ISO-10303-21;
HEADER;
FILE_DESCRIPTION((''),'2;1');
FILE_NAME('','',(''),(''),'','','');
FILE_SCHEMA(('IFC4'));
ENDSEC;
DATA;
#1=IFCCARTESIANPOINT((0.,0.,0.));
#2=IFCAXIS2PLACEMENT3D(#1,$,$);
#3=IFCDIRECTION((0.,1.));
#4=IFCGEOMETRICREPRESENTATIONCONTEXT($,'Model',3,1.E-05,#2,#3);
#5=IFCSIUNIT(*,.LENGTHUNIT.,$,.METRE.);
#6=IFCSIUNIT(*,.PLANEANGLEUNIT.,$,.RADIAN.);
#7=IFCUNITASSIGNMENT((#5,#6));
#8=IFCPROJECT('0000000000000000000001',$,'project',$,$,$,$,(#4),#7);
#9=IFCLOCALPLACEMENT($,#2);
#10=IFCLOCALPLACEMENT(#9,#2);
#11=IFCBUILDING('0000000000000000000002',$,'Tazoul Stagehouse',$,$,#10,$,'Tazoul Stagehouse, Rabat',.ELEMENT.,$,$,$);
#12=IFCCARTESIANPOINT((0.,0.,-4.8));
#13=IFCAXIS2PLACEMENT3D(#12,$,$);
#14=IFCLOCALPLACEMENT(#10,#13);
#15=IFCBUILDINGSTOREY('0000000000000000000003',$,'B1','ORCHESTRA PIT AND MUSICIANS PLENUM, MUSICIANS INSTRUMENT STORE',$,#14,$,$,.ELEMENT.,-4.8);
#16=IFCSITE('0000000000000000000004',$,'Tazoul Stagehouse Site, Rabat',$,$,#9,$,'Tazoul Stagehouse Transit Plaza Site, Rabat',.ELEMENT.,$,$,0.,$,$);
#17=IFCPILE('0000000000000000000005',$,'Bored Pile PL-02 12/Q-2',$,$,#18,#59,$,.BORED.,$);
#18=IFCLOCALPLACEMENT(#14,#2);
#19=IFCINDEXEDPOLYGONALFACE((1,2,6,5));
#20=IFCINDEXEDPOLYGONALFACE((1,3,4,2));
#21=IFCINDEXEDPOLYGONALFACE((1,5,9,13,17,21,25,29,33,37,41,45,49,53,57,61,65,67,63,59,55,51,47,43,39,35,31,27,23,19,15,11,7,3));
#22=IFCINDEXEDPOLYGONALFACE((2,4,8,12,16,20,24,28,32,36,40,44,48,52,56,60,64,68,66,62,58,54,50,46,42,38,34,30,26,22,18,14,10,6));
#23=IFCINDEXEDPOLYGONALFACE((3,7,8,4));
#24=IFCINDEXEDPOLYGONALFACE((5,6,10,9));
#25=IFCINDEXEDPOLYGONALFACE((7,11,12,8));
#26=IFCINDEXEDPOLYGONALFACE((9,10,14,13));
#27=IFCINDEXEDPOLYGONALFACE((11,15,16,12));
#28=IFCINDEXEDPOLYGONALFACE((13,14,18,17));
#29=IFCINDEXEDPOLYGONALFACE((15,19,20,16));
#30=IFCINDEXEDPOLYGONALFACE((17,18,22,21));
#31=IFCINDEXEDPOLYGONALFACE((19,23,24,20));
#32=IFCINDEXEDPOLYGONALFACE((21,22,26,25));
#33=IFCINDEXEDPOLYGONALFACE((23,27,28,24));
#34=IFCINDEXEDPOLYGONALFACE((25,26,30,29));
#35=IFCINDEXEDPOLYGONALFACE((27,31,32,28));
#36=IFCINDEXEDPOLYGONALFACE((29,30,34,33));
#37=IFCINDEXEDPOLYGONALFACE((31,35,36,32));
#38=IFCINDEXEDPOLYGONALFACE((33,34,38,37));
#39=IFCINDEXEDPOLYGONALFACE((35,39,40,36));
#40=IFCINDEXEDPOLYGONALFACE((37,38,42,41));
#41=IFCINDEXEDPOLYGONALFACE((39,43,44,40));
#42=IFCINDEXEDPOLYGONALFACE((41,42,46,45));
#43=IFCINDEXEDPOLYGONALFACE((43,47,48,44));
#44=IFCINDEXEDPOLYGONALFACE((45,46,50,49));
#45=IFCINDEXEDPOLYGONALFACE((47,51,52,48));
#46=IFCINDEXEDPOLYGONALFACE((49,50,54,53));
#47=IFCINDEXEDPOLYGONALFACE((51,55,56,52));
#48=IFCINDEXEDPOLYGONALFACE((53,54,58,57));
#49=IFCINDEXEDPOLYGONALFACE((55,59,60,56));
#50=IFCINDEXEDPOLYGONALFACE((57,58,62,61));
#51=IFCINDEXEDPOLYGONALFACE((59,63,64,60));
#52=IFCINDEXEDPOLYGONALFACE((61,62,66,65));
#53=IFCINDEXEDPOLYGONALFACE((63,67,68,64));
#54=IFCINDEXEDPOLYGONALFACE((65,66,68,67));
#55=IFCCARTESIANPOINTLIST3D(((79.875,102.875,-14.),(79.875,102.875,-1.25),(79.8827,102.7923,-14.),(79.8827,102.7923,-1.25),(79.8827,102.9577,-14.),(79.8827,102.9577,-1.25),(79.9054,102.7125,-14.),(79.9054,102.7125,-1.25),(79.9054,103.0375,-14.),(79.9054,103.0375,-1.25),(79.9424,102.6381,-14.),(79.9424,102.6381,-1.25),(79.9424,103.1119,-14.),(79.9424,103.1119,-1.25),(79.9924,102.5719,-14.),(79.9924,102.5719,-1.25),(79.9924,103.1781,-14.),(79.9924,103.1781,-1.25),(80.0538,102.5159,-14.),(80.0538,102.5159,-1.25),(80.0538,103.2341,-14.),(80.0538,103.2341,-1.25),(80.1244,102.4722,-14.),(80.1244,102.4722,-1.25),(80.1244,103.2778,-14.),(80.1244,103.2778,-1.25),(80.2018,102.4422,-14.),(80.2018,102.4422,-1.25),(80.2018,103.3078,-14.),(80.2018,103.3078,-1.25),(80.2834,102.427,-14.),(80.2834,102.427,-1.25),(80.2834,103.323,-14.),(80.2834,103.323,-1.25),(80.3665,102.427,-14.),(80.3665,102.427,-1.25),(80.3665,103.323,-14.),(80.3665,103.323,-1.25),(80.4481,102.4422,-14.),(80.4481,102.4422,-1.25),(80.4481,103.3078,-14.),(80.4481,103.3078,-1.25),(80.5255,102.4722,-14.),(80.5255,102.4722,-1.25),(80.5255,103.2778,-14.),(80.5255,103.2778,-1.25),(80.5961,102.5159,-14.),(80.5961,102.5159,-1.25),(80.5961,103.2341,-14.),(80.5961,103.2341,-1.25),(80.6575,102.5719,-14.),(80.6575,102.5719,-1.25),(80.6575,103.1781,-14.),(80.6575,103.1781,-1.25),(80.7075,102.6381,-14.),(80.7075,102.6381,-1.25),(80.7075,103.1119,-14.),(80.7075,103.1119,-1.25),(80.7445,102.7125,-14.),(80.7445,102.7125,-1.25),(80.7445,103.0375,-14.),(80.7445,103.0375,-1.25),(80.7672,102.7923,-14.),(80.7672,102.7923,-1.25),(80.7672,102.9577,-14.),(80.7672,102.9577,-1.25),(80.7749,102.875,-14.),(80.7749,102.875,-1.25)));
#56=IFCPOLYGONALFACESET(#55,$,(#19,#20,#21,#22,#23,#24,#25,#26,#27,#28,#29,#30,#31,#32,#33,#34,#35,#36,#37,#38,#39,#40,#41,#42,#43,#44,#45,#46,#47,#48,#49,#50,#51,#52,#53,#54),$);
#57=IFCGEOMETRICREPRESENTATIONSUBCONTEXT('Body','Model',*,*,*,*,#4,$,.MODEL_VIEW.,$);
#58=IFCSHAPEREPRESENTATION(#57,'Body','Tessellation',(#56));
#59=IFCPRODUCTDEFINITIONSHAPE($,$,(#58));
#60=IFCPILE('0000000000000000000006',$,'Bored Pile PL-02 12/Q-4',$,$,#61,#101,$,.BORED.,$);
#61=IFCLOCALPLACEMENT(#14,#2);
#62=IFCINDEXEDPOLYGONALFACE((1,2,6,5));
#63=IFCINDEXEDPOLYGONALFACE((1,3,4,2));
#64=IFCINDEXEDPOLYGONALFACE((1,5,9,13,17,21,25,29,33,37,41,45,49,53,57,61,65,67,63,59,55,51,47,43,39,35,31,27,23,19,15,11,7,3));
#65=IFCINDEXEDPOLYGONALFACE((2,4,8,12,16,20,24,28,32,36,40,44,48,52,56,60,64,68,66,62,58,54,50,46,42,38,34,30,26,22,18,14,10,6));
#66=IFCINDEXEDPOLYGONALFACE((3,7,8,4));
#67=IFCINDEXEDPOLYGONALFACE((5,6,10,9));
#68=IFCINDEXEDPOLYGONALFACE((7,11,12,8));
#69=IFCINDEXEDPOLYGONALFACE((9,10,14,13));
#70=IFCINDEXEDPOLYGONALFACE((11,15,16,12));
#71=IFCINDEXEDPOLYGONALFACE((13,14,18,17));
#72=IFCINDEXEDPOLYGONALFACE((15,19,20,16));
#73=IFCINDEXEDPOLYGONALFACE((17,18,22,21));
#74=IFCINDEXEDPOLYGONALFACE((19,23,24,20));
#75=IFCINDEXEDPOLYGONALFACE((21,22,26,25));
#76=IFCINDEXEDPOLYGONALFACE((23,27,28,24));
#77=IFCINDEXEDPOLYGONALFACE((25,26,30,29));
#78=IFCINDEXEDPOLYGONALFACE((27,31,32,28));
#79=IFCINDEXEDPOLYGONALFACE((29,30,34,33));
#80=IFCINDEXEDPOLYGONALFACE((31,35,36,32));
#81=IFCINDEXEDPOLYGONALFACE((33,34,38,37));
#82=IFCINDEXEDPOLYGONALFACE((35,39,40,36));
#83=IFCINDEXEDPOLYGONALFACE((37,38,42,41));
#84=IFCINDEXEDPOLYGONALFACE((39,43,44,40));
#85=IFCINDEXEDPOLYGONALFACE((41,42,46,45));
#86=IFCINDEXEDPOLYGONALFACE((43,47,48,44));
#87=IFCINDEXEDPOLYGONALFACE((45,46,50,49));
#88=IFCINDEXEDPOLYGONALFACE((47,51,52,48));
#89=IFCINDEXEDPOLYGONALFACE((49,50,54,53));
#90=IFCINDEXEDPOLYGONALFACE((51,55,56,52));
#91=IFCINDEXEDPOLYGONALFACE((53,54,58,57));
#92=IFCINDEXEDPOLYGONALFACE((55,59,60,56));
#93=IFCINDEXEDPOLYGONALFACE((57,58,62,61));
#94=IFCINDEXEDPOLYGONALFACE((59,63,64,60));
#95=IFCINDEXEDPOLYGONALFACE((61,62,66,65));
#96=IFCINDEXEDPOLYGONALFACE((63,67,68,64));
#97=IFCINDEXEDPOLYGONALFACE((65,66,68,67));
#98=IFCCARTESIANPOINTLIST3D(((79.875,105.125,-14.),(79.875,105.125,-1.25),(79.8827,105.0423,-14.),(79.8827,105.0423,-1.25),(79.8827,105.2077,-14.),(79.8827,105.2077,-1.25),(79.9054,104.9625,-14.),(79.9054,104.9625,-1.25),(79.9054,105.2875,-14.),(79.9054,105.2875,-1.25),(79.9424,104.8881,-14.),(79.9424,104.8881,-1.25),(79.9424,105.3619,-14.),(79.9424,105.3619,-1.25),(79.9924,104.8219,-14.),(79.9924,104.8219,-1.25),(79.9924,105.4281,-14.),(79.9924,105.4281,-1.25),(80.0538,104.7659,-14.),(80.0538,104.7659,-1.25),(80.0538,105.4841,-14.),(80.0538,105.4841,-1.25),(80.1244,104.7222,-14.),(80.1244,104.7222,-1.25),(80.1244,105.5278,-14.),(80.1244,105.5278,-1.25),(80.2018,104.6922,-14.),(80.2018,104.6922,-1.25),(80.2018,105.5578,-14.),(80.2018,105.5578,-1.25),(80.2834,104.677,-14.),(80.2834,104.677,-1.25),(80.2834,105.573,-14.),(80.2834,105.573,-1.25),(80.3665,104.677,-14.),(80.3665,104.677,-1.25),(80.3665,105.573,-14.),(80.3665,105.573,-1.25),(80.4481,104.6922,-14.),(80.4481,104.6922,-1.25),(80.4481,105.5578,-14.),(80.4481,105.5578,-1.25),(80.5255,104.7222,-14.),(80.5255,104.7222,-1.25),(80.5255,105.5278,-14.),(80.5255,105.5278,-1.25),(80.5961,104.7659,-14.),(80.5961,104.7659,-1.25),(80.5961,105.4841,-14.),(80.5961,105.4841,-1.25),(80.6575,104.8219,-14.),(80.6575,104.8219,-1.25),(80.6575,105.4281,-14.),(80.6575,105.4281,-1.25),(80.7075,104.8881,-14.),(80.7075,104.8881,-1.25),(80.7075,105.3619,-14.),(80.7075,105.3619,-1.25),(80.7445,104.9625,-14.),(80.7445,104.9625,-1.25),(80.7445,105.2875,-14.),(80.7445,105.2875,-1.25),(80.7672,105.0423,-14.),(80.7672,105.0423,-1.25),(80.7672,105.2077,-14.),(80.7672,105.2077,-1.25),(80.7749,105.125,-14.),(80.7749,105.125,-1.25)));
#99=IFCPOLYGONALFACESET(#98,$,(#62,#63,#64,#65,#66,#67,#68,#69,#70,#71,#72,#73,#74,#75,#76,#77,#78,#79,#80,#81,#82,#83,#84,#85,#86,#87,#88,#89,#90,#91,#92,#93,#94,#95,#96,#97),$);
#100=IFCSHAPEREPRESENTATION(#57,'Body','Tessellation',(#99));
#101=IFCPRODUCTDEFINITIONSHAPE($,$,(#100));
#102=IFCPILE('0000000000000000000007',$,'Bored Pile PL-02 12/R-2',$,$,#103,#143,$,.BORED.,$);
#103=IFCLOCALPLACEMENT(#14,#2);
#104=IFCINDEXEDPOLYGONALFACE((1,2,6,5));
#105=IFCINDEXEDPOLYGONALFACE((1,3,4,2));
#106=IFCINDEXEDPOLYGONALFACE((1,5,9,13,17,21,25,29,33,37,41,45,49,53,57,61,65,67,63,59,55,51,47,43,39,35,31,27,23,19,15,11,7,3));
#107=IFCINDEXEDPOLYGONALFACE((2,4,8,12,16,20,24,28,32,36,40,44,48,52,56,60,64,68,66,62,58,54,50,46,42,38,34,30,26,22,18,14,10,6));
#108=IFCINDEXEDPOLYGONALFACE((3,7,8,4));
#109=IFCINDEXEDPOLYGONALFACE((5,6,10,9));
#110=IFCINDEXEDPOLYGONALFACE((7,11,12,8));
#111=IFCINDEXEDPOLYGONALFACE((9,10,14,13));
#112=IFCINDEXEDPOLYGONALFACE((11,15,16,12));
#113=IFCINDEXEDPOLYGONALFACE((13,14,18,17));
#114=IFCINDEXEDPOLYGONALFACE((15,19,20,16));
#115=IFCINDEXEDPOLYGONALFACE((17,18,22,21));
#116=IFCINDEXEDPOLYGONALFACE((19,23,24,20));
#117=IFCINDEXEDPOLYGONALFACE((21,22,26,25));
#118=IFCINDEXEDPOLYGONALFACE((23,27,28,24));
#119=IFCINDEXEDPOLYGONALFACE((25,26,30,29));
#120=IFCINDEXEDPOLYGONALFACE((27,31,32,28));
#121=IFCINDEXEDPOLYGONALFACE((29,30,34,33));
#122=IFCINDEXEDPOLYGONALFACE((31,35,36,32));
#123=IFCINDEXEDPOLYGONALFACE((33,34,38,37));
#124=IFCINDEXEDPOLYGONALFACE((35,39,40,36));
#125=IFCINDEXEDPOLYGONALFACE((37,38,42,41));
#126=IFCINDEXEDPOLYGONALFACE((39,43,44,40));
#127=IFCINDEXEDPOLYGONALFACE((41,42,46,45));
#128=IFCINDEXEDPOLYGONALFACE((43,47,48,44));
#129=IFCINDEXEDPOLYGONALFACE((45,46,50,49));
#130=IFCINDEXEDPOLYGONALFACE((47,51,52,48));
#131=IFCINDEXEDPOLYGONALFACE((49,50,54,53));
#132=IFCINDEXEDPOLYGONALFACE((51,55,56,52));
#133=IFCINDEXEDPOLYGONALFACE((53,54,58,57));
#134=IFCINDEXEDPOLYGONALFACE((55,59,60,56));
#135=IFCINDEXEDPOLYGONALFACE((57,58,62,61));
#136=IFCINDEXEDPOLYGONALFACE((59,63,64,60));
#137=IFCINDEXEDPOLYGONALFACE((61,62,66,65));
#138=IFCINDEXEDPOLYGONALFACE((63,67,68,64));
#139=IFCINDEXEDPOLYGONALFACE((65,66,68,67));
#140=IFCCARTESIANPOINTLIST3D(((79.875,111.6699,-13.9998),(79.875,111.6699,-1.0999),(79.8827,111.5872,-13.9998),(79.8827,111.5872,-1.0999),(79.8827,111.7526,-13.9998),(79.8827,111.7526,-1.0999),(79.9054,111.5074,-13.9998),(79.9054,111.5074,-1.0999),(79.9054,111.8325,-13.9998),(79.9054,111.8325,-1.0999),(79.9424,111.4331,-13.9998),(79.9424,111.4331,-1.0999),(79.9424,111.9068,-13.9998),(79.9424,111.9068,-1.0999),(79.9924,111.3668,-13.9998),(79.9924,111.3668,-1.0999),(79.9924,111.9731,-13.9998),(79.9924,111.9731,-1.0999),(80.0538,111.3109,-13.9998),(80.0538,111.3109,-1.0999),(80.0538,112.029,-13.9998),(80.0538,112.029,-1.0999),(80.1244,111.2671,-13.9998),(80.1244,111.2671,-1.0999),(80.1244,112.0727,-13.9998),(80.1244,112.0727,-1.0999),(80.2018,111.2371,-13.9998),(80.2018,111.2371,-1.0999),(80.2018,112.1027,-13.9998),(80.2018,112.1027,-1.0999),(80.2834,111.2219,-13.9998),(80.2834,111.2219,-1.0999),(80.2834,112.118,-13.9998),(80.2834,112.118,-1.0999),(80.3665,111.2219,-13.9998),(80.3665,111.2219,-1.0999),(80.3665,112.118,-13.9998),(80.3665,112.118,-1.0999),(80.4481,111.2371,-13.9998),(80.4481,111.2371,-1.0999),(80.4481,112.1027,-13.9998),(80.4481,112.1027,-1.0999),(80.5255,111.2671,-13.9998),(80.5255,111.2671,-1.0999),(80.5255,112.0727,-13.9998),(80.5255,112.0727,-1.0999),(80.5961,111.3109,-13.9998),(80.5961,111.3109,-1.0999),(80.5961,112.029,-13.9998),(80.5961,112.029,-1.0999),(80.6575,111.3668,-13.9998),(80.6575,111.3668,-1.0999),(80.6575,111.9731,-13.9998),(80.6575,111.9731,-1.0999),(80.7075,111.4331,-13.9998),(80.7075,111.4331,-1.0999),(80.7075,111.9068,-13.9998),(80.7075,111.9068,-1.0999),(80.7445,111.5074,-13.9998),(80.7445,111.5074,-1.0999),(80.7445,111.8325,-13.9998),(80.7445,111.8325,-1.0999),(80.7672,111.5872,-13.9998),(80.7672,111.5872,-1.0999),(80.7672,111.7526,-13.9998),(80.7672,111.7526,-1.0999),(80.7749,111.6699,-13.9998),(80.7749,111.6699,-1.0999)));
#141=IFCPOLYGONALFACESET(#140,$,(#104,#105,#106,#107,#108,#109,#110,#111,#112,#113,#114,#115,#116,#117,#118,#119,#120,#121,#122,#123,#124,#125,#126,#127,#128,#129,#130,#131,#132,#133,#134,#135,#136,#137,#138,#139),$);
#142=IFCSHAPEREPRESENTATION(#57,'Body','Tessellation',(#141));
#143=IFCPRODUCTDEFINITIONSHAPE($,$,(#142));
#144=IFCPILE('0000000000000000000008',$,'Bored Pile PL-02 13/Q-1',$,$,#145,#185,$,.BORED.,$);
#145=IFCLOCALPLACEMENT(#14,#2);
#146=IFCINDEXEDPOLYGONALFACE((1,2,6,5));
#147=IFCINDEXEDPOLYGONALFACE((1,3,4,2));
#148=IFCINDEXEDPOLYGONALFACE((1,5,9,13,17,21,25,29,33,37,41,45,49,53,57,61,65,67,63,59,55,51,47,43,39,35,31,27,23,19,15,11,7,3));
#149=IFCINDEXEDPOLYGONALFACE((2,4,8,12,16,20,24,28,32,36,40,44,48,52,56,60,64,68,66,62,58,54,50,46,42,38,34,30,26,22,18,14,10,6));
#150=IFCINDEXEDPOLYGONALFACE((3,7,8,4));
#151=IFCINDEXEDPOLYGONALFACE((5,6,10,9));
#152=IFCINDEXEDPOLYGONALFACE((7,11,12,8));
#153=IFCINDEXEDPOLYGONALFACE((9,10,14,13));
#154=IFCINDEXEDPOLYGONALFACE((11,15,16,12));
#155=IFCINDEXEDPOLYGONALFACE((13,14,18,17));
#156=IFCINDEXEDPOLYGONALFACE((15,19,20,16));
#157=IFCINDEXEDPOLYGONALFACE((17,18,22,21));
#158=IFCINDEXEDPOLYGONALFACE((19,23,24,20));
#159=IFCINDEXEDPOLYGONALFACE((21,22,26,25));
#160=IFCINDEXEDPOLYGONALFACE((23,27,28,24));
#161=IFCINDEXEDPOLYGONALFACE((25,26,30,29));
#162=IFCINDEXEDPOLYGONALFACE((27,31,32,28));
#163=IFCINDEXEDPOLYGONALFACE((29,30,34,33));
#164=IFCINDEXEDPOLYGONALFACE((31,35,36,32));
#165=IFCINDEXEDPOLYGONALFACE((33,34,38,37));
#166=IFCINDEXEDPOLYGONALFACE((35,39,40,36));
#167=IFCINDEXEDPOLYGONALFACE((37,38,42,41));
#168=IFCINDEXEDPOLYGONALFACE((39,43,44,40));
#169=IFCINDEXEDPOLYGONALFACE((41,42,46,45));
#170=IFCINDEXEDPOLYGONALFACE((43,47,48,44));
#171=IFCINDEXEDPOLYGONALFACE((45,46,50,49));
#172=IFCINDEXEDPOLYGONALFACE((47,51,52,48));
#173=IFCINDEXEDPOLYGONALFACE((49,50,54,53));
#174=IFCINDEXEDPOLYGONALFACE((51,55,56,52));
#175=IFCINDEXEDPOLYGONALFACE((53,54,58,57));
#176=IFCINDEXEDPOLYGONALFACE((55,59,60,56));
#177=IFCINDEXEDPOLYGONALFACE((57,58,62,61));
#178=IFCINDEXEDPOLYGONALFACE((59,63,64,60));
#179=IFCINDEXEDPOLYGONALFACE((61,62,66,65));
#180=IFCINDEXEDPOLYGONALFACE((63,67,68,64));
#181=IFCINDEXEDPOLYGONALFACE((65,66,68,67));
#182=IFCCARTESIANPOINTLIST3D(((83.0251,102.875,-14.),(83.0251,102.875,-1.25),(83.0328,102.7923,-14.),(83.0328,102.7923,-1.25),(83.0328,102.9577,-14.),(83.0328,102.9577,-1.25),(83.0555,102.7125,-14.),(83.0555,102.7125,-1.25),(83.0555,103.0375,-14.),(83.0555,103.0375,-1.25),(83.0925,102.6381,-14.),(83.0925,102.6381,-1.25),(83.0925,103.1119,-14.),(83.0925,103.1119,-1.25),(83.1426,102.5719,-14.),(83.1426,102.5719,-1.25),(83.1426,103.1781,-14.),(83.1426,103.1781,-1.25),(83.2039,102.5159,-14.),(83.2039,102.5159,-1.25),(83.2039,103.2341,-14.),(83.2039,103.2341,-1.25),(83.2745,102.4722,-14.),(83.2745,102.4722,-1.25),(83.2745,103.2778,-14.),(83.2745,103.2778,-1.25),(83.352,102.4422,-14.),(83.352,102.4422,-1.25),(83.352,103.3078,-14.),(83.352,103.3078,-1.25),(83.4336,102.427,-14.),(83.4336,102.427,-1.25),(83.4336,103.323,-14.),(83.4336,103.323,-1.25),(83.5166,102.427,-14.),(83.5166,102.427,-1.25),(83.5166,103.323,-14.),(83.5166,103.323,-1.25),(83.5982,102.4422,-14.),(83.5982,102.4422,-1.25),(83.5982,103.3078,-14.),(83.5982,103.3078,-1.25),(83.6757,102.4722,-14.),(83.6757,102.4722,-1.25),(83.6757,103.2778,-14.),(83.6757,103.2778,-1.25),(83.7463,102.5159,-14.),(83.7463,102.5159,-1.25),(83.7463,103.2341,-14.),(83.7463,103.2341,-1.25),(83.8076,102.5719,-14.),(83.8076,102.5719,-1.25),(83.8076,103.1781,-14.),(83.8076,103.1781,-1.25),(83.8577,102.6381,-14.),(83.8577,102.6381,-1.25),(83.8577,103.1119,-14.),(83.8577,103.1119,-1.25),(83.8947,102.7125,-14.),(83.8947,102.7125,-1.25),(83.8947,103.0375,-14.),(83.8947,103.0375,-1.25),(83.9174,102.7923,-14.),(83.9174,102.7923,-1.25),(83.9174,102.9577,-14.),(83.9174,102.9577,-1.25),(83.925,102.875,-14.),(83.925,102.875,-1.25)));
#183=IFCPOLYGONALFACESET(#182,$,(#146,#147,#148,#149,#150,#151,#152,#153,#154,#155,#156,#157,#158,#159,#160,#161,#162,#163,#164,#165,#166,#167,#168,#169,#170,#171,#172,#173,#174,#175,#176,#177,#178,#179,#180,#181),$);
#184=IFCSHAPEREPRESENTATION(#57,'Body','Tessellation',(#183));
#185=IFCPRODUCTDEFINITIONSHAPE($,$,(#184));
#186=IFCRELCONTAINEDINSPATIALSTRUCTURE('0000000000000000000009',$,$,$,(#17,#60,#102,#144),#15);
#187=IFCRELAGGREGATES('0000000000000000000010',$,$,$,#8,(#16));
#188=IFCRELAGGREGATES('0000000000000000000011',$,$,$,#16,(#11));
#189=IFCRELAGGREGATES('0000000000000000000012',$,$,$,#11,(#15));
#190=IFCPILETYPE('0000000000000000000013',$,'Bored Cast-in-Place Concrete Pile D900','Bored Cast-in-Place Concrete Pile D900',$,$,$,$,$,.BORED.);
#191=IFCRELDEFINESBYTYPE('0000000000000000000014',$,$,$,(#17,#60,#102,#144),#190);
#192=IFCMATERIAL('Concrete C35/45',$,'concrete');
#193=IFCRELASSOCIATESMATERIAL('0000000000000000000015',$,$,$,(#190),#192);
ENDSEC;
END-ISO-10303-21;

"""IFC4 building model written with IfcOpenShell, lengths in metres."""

from ifc_helpers import new_model, si_unit, direction, frame, origin, origin_2d, place, context, subcontext, project, spatial, circle, extrude, material, material_profile, profile_set, type_object, element, save


model = new_model("IFC4")

# Units and contexts
model_context = context("Model", 3, precision=1e-05, world=origin(), true_north=direction((0.0, 1.0)))
body_context = subcontext(model_context, "Body", "Model", "MODEL_VIEW")
ifc_project = project(units=[si_unit("LENGTHUNIT", "METRE"), si_unit("PLANEANGLEUNIT", "RADIAN")], contexts=[model_context])

# Site, building, storey
site_placement = place(None, origin())
site = spatial("IfcSite", under=ifc_project, at=site_placement, Name="Tazoul Stagehouse Site, Rabat", LongName="Tazoul Stagehouse Transit Plaza Site, Rabat", CompositionType="ELEMENT", RefElevation=0.0)
building_placement = place(site_placement, origin())
building = spatial("IfcBuilding", under=site, at=building_placement, Name="Tazoul Stagehouse", LongName="Tazoul Stagehouse, Rabat", CompositionType="ELEMENT")
storey_placement = place(building_placement, frame((0.0, 0.0, -4.8)))
storey = spatial("IfcBuildingStorey", under=building, at=storey_placement, Name="B1", Description="ORCHESTRA PIT AND MUSICIANS PLENUM, MUSICIANS INSTRUMENT STORE", CompositionType="ELEMENT", Elevation=-4.8)

# Piles
ifc_material_1 = material(Name="Concrete C35/45", Category="concrete")
ifc_material_profile_1 = material_profile(ifc_material_1, circle(Radius=0.45, at=origin_2d()), Name="BORED PILE 900")
ifc_profile_set_1 = profile_set([ifc_material_profile_1], Name="Concrete C35/45")
pile_type = type_object("IfcPileType", Name="Bored Cast-in-Place Concrete Pile D900", Description="Bored Cast-in-Place Concrete Pile D900", PredefinedType="BORED", material=ifc_profile_set_1)
for number, where, z_axis, x_axis, name in (
    (1, (80.325, 102.875, -1.25), (0.0, 0.0, -1.0), (1.0, 0.0, 0.0), "Bored Pile PL-02 12/Q-2"),
    (2, (80.325, 105.125, -1.25), (0.0, 0.0, -1.0), (1.0, 0.0, 0.0), "Bored Pile PL-02 12/Q-4"),
):
    element("IfcPile", number, at=place(storey_placement, frame(where, z_axis=z_axis, x_axis=x_axis)), inside=storey, type_object=pile_type, Name=name, PredefinedType="BORED", context=body_context, shape_type="SweptSolid", body=[
        extrude(circle(Radius=0.45, at=origin_2d()), origin(), (0.0, 0.0, 1.0), 12.75),
    ])
pile_1_placement = place(storey_placement, frame((80.325, 111.6699, -1.0999), z_axis=(0.0, 0.0, -1.0), x_axis=(1.0, 0.0, 0.0)))
element("IfcPile", 3, at=pile_1_placement, inside=storey, type_object=pile_type, Name="Bored Pile PL-02 12/R-2", PredefinedType="BORED", context=body_context, shape_type="SweptSolid", body=[
    extrude(circle(Radius=0.45, at=origin_2d()), origin(), (0.0, 0.0, 1.0), 12.8999),
])
for number, where, z_axis, x_axis, name in (
    (4, (83.4751, 102.875, -1.25), (0.0, 0.0, -1.0), (1.0, 0.0, 0.0), "Bored Pile PL-02 13/Q-1"),
):
    element("IfcPile", number, at=place(storey_placement, frame(where, z_axis=z_axis, x_axis=x_axis)), inside=storey, type_object=pile_type, Name=name, PredefinedType="BORED", context=body_context, shape_type="SweptSolid", body=[
        extrude(circle(Radius=0.45, at=origin_2d()), origin(), (0.0, 0.0, 1.0), 12.75),
    ])

save(model, "model.ifc")
